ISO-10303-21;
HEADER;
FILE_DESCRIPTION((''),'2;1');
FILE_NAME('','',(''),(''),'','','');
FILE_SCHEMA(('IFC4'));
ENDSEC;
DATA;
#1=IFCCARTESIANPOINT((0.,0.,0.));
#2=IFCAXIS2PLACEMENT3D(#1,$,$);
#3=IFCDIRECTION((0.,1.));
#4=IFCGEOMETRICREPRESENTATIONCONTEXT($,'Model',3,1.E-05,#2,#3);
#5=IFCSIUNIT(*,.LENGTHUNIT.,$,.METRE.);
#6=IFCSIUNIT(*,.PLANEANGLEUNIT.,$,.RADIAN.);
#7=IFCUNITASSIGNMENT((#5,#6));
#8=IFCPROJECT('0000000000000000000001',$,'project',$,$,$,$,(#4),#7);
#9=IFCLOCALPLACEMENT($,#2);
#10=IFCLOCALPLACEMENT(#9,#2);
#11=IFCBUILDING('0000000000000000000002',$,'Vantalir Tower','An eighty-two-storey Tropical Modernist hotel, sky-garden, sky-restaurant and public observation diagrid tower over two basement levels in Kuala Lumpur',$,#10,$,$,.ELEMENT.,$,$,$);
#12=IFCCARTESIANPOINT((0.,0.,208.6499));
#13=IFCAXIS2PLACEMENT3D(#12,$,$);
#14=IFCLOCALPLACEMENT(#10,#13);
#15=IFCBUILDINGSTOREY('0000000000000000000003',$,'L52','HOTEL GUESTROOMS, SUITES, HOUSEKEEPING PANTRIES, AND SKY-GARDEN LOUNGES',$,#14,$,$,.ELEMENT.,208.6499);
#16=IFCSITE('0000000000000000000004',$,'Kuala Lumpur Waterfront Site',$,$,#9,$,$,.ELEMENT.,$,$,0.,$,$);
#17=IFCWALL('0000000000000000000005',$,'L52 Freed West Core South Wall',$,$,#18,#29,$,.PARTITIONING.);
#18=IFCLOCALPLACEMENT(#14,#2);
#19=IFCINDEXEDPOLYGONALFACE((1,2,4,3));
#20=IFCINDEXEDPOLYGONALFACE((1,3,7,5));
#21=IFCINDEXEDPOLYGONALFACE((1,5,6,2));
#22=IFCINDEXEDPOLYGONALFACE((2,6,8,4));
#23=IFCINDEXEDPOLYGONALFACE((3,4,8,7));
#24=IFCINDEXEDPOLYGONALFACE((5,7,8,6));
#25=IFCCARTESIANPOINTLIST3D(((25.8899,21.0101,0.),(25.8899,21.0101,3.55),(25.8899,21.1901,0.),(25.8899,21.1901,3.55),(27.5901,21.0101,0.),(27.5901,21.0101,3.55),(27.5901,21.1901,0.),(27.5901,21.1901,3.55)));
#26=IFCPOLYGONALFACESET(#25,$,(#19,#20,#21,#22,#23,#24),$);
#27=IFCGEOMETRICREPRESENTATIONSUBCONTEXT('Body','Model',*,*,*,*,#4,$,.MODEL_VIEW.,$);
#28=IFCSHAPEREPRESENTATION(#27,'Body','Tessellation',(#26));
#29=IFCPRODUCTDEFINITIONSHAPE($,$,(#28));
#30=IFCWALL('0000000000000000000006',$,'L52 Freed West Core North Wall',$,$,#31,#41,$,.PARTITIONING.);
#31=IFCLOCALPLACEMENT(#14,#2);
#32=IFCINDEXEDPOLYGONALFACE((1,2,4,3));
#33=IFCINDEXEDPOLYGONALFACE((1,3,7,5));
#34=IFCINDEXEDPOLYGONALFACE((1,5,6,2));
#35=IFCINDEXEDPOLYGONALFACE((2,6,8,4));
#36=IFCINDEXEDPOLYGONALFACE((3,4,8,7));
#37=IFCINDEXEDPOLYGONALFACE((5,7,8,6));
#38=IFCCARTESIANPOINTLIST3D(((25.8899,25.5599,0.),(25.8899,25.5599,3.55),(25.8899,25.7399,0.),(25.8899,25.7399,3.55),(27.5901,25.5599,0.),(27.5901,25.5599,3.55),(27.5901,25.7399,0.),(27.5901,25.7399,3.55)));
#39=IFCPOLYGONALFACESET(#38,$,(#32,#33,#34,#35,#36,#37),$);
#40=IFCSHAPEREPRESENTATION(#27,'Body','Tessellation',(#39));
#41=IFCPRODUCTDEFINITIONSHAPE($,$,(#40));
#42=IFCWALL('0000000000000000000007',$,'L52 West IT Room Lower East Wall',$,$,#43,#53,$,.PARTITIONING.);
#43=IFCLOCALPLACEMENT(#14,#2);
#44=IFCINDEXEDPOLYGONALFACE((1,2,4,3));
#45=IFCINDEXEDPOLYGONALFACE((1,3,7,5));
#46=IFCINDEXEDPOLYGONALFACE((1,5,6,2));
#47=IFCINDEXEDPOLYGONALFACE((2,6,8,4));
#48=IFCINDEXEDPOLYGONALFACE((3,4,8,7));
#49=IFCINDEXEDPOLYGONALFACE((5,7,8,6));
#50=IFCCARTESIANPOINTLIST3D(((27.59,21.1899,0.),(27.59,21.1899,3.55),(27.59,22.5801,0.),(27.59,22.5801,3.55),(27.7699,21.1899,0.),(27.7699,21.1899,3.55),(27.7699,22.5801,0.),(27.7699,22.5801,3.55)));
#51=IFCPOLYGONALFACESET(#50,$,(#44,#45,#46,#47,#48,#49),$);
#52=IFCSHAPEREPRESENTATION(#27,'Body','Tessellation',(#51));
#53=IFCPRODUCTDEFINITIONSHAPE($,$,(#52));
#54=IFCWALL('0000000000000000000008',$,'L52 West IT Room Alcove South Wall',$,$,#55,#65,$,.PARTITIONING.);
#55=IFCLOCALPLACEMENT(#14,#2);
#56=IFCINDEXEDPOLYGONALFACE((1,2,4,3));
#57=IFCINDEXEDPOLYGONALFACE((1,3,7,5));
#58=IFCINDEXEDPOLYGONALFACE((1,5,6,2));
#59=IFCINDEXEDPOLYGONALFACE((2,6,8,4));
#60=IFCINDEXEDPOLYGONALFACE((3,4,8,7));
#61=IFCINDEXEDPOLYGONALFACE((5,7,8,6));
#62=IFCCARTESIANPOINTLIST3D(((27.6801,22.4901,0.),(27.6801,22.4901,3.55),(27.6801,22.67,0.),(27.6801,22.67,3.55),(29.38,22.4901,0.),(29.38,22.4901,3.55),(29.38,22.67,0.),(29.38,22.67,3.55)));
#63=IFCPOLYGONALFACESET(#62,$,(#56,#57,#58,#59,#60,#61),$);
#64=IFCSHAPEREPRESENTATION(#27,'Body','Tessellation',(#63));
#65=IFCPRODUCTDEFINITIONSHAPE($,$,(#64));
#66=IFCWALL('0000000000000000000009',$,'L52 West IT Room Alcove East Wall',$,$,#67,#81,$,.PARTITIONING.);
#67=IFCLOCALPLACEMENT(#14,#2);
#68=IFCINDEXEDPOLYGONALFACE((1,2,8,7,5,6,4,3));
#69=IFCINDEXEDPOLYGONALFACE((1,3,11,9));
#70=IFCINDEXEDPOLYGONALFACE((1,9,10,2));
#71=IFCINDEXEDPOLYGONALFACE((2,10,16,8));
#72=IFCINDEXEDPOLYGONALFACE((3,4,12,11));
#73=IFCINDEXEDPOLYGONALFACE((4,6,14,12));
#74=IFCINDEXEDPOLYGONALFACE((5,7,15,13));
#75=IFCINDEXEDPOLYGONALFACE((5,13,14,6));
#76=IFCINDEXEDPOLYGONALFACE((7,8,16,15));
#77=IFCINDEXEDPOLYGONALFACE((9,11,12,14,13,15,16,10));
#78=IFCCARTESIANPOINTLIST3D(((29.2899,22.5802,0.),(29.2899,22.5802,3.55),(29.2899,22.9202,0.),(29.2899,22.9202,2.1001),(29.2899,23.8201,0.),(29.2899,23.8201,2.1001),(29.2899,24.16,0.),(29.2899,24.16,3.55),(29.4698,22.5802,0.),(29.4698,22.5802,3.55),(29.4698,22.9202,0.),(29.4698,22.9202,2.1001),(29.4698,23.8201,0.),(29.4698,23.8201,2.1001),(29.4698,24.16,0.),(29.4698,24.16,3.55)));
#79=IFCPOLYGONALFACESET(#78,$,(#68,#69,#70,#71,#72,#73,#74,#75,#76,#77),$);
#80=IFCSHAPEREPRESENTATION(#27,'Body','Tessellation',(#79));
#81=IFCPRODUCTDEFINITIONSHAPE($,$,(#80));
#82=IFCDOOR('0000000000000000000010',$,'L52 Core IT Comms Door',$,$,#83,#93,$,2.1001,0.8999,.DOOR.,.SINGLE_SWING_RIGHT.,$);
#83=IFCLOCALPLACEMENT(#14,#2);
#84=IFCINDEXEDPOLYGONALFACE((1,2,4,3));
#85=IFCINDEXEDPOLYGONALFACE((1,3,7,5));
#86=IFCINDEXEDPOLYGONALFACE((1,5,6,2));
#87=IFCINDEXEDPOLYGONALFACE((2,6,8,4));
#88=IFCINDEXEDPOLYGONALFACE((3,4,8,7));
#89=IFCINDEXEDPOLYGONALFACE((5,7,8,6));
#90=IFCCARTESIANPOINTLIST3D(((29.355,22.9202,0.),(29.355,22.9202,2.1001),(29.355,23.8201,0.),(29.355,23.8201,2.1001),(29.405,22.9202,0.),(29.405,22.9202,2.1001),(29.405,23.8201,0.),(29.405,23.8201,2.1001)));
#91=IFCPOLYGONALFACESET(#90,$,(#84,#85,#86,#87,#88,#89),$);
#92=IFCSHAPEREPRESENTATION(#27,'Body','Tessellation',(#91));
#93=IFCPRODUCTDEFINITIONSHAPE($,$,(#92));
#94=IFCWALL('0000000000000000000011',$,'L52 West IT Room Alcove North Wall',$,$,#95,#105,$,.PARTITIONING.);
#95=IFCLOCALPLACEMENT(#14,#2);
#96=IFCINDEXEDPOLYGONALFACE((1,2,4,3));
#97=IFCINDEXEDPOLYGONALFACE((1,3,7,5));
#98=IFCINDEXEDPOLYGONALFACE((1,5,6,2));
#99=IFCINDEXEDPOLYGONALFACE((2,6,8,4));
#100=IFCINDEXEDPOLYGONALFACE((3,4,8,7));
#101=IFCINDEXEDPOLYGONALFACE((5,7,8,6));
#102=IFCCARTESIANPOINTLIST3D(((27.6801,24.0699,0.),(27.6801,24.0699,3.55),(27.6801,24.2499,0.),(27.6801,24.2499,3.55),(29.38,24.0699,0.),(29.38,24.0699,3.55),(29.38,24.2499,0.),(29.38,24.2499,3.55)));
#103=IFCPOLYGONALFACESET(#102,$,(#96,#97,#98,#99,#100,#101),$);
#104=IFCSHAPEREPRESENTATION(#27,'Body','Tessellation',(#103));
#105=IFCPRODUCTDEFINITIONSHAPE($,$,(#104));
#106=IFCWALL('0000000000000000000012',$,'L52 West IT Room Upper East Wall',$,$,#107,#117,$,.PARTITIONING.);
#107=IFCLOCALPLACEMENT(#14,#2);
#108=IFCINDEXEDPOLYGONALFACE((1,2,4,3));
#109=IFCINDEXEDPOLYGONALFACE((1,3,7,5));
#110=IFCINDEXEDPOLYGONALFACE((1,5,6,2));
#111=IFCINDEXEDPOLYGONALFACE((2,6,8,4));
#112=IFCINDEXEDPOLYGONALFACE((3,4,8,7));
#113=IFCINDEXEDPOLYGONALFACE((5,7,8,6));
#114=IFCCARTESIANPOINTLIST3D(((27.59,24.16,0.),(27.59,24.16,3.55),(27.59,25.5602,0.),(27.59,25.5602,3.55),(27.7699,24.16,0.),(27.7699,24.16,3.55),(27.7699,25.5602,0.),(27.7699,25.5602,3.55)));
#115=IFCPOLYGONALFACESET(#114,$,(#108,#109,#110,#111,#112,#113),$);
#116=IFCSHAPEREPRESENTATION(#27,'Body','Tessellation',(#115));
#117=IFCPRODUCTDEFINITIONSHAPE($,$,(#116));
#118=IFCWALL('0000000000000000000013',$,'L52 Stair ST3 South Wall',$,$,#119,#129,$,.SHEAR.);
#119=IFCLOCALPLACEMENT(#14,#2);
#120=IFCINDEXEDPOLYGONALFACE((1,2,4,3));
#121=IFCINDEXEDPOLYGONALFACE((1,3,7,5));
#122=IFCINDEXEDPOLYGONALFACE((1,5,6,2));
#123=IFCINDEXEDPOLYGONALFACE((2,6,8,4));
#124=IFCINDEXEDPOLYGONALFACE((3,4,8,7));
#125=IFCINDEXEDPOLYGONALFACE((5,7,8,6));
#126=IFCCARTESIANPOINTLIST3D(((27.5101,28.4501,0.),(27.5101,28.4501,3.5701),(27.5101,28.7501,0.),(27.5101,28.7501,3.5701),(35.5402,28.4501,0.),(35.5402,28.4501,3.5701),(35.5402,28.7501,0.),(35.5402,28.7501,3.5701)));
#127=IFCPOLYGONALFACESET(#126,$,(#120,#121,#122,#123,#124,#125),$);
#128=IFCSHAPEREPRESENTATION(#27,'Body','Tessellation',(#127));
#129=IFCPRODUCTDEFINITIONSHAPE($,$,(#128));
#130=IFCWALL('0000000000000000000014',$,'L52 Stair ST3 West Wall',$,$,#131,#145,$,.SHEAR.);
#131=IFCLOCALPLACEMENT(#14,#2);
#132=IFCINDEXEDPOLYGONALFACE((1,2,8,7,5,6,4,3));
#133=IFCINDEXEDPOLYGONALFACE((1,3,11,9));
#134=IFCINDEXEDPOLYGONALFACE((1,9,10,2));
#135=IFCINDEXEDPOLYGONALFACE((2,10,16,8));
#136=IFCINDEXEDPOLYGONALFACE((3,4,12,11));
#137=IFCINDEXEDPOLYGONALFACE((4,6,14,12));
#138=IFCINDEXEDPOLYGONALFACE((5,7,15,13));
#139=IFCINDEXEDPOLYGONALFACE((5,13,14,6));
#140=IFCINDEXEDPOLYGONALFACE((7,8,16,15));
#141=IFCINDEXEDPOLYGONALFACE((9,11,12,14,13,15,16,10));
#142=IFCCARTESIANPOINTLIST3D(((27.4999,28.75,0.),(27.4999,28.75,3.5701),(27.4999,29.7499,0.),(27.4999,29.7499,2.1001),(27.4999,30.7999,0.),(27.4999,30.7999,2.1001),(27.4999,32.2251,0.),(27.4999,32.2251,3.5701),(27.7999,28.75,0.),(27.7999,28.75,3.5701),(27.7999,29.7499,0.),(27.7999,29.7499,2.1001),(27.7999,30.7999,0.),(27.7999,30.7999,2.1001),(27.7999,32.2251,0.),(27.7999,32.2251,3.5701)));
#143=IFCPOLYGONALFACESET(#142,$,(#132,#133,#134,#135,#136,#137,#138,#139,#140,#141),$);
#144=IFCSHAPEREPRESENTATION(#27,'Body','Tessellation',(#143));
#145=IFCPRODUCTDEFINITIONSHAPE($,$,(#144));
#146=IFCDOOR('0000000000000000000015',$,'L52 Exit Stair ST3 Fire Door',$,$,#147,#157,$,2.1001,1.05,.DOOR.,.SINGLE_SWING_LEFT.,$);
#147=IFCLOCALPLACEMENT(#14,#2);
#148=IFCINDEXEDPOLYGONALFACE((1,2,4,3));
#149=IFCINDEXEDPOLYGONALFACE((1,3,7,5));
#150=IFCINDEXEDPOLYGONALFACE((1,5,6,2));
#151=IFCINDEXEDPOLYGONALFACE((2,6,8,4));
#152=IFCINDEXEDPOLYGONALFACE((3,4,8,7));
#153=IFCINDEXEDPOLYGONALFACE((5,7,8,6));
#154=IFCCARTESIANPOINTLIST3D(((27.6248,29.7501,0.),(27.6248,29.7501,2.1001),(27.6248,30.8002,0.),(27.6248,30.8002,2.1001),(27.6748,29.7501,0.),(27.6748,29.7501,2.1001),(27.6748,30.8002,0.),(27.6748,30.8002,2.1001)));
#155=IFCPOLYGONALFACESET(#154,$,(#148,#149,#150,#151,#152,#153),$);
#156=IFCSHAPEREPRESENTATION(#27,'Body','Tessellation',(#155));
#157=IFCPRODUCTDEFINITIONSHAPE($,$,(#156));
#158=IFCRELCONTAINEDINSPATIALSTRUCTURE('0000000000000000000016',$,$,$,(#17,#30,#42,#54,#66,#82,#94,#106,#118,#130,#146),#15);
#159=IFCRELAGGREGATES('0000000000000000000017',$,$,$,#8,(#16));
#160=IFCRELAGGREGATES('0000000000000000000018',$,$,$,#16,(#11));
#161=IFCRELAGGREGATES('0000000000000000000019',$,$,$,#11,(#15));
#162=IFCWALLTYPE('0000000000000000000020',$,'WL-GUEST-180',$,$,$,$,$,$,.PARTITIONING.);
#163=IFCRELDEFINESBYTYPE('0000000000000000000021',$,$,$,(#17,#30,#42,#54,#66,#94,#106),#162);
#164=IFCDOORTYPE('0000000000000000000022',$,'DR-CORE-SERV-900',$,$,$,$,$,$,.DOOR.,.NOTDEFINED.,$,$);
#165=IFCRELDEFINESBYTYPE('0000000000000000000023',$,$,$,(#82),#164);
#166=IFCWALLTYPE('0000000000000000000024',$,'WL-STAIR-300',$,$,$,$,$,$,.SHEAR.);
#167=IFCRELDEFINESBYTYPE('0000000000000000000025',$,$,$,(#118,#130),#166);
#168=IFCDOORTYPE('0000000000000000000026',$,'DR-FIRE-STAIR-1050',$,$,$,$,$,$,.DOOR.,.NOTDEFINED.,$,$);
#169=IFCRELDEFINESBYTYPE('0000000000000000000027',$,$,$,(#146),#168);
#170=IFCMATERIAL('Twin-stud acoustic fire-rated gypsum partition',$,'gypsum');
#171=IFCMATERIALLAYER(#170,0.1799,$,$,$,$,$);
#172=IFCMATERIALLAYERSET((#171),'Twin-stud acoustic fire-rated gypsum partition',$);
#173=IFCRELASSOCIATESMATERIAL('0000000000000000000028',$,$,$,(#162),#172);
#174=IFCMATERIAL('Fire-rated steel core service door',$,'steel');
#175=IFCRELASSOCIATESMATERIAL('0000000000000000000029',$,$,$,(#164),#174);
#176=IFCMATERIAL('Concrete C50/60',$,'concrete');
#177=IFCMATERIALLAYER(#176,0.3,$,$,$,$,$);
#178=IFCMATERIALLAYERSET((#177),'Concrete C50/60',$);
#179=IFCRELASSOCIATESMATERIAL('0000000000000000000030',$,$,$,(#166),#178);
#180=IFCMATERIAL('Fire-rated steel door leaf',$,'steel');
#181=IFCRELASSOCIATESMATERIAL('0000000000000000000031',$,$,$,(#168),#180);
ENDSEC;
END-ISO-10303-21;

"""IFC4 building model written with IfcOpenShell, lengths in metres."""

from ifc_helpers import new_model, si_unit, direction, frame, frame_2d, origin, place, context, subcontext, project, spatial, rectangle, extrude, material, layer, layer_set, type_object, element, fill, save


model = new_model("IFC4")

# Units and contexts
model_context = context("Model", 3, precision=1e-05, world=origin(), true_north=direction((0.0, 1.0)))
body_context = subcontext(model_context, "Body", "Model", "MODEL_VIEW")
ifc_project = project(units=[si_unit("LENGTHUNIT", "METRE"), si_unit("PLANEANGLEUNIT", "RADIAN")], contexts=[model_context])

# Site, building, storey
site_placement = place(None, origin())
site = spatial("IfcSite", under=ifc_project, at=site_placement, Name="Kuala Lumpur Waterfront Site", CompositionType="ELEMENT", RefElevation=0.0)
building_placement = place(site_placement, origin())
building = spatial("IfcBuilding", under=site, at=building_placement, Name="Vantalir Tower", Description="An eighty-two-storey Tropical Modernist hotel, sky-garden, sky-restaurant and public observation diagrid tower over two basement levels in Kuala Lumpur", CompositionType="ELEMENT")
storey_placement = place(building_placement, frame((0.0, 0.0, 208.6499)))
storey = spatial("IfcBuildingStorey", under=building, at=storey_placement, Name="L52", Description="HOTEL GUESTROOMS, SUITES, HOUSEKEEPING PANTRIES, AND SKY-GARDEN LOUNGES", CompositionType="ELEMENT", Elevation=208.6499)

# Walls
ifc_material_1 = material(Name="Twin-stud acoustic fire-rated gypsum partition", Category="gypsum")
ifc_layer_1 = layer(ifc_material_1, 0.1799)
ifc_layer_set_1 = layer_set([ifc_layer_1], Name="Twin-stud acoustic fire-rated gypsum partition")
wall_type_1 = type_object("IfcWallType", Name="WL-GUEST-180", PredefinedType="PARTITIONING", material=ifc_layer_set_1)
for number, where, z_axis, x_axis, name in (
    (1, (25.8899, 21.1001, 0.0), (0.0, 0.0, 1.0), (1.0, 0.0, 0.0), "L52 Freed West Core South Wall"),
    (2, (25.8899, 25.6499, 0.0), (0.0, 0.0, 1.0), (1.0, 0.0, 0.0), "L52 Freed West Core North Wall"),
):
    element("IfcWall", number, at=place(storey_placement, frame(where, z_axis=z_axis, x_axis=x_axis)), inside=storey, type_object=wall_type_1, Name=name, PredefinedType="PARTITIONING", context=body_context, shape_type="SweptSolid", body=[
        extrude(rectangle(XDim=1.7002, YDim=0.1799, at=frame_2d((0.8501, 0.0))), origin(), (0.0, 0.0, 1.0), 3.55),
    ])
wall_1_placement = place(storey_placement, frame((27.6799, 21.1899, 0.0), z_axis=(0.0, 0.0, 1.0), x_axis=(0.0, 1.0, 0.0)))
element("IfcWall", 3, at=wall_1_placement, inside=storey, type_object=wall_type_1, Name="L52 West IT Room Lower East Wall", PredefinedType="PARTITIONING", context=body_context, shape_type="SweptSolid", body=[
    extrude(rectangle(XDim=1.3901, YDim=0.1799, at=frame_2d((0.6951, 0.0))), origin(), (0.0, 0.0, 1.0), 3.55),
])
wall_2_placement = place(storey_placement, frame((27.6799, 22.5801, 0.0), z_axis=(0.0, 0.0, 1.0), x_axis=(1.0, 0.0, 0.0)))
element("IfcWall", 4, at=wall_2_placement, inside=storey, type_object=wall_type_1, Name="L52 West IT Room Alcove South Wall", PredefinedType="PARTITIONING", context=body_context, shape_type="SweptSolid", body=[
    extrude(rectangle(XDim=1.7, YDim=0.1799, at=frame_2d((0.8501, 0.0))), origin(), (0.0, 0.0, 1.0), 3.55),
])

# Wall, opening, door
wall_3_placement = place(storey_placement, frame((29.3799, 22.5801, 0.0), z_axis=(0.0, 0.0, 1.0), x_axis=(0.0, 1.0, 0.0)))
wall_3 = element("IfcWall", 5, at=wall_3_placement, inside=storey, type_object=wall_type_1, Name="L52 West IT Room Alcove East Wall", PredefinedType="PARTITIONING", context=body_context, shape_type="SweptSolid", body=[
    extrude(rectangle(XDim=1.5798, YDim=0.1799, at=frame_2d((0.79, 0.0))), origin(), (0.0, 0.0, 1.0), 3.55),
])
opening_1_placement = place(wall_3_placement, frame((0.3401, 0.0, 0.0)))
opening_1 = element("IfcOpeningElement", 6, at=opening_1_placement, cuts=wall_3, PredefinedType="OPENING", context=body_context, shape_type="SweptSolid", body=[
    extrude(rectangle(XDim=0.8999, YDim=2.1001, at=frame_2d((0.45, 1.05))), frame((0.0, 0.0999, 0.0), z_axis=(0.0, -1.0, 0.0), x_axis=(1.0, 0.0, 0.0)), (0.0, 0.0, 1.0), 0.2),
])
ifc_material_2 = material(Name="Fire-rated steel core service door", Category="steel")
door_type_1 = type_object("IfcDoorType", Name="DR-CORE-SERV-900", OperationType="NOTDEFINED", PredefinedType="DOOR", material=ifc_material_2)
door_1_placement = place(opening_1_placement, origin())
door_1 = element("IfcDoor", 7, at=door_1_placement, inside=storey, type_object=door_type_1, Name="L52 Core IT Comms Door", OperationType="SINGLE_SWING_RIGHT", OverallHeight=2.1001, OverallWidth=0.8999, PredefinedType="DOOR", context=body_context, shape_type="SweptSolid", body=[
    extrude(rectangle(XDim=0.8999, YDim=2.1001, at=frame_2d((0.45, 1.05))), frame((0.0, 0.0249, 0.0), z_axis=(0.0, -1.0, 0.0), x_axis=(1.0, 0.0, 0.0)), (0.0, 0.0, 1.0), 0.05),
])
fill(opening_1, door_1)

# Walls
wall_4_placement = place(storey_placement, frame((27.6799, 24.1599, 0.0), z_axis=(0.0, 0.0, 1.0), x_axis=(1.0, 0.0, 0.0)))
element("IfcWall", 8, at=wall_4_placement, inside=storey, type_object=wall_type_1, Name="L52 West IT Room Alcove North Wall", PredefinedType="PARTITIONING", context=body_context, shape_type="SweptSolid", body=[
    extrude(rectangle(XDim=1.7, YDim=0.1799, at=frame_2d((0.8501, 0.0))), origin(), (0.0, 0.0, 1.0), 3.55),
])
wall_5_placement = place(storey_placement, frame((27.6799, 24.1599, 0.0), z_axis=(0.0, 0.0, 1.0), x_axis=(0.0, 1.0, 0.0)))
element("IfcWall", 9, at=wall_5_placement, inside=storey, type_object=wall_type_1, Name="L52 West IT Room Upper East Wall", PredefinedType="PARTITIONING", context=body_context, shape_type="SweptSolid", body=[
    extrude(rectangle(XDim=1.4001, YDim=0.1799, at=frame_2d((0.7002, 0.0))), origin(), (0.0, 0.0, 1.0), 3.55),
])
ifc_material_3 = material(Name="Concrete C50/60", Category="concrete")
ifc_layer_2 = layer(ifc_material_3, 0.3)
ifc_layer_set_2 = layer_set([ifc_layer_2], Name="Concrete C50/60")
wall_type_2 = type_object("IfcWallType", Name="WL-STAIR-300", PredefinedType="SHEAR", material=ifc_layer_set_2)
wall_6_placement = place(storey_placement, frame((27.51, 28.6001, 0.0), z_axis=(0.0, 0.0, 1.0), x_axis=(1.0, 0.0, 0.0)))
element("IfcWall", 10, at=wall_6_placement, inside=storey, type_object=wall_type_2, Name="L52 Stair ST3 South Wall", PredefinedType="SHEAR", context=body_context, shape_type="SweptSolid", body=[
    extrude(rectangle(XDim=8.03, YDim=0.3, at=frame_2d((4.0151, 0.0))), origin(), (0.0, 0.0, 1.0), 3.5701),
])

# Wall, opening, door
wall_7_placement = place(storey_placement, frame((27.6499, 28.75, 0.0), z_axis=(0.0, 0.0, 1.0), x_axis=(0.0, 1.0, 0.0)))
wall_7 = element("IfcWall", 11, at=wall_7_placement, inside=storey, type_object=wall_type_2, Name="L52 Stair ST3 West Wall", PredefinedType="SHEAR", context=body_context, shape_type="SweptSolid", body=[
    extrude(rectangle(XDim=3.4751, YDim=0.3, at=frame_2d((1.7375, 0.0))), origin(), (0.0, 0.0, 1.0), 3.5701),
])
opening_2_placement = place(wall_7_placement, frame((1.0, 0.0, 0.0)))
opening_2 = element("IfcOpeningElement", 12, at=opening_2_placement, cuts=wall_7, PredefinedType="OPENING", context=body_context, shape_type="SweptSolid", body=[
    extrude(rectangle(XDim=1.05, YDim=2.1001, at=frame_2d((0.5249, 1.05))), frame((0.0, 0.1599, 0.0), z_axis=(0.0, -1.0, 0.0), x_axis=(1.0, 0.0, 0.0)), (0.0, 0.0, 1.0), 0.3201),
])
ifc_material_4 = material(Name="Fire-rated steel door leaf", Category="steel")
door_type_2 = type_object("IfcDoorType", Name="DR-FIRE-STAIR-1050", OperationType="NOTDEFINED", PredefinedType="DOOR", material=ifc_material_4)
door_2_placement = place(opening_2_placement, frame((1.05, 0.0, 0.0), z_axis=(0.0, 0.0, 1.0), x_axis=(-1.0, 0.0, 0.0)))
door_2 = element("IfcDoor", 13, at=door_2_placement, inside=storey, type_object=door_type_2, Name="L52 Exit Stair ST3 Fire Door", OperationType="SINGLE_SWING_LEFT", OverallHeight=2.1001, OverallWidth=1.05, PredefinedType="DOOR", context=body_context, shape_type="SweptSolid", body=[
    extrude(rectangle(XDim=1.05, YDim=2.1001, at=frame_2d((0.5249, 1.05))), frame((0.0, 0.0249, 0.0), z_axis=(0.0, -1.0, 0.0), x_axis=(1.0, 0.0, 0.0)), (0.0, 0.0, 1.0), 0.05),
])
fill(opening_2, door_2)

save(model, "model.ifc")
